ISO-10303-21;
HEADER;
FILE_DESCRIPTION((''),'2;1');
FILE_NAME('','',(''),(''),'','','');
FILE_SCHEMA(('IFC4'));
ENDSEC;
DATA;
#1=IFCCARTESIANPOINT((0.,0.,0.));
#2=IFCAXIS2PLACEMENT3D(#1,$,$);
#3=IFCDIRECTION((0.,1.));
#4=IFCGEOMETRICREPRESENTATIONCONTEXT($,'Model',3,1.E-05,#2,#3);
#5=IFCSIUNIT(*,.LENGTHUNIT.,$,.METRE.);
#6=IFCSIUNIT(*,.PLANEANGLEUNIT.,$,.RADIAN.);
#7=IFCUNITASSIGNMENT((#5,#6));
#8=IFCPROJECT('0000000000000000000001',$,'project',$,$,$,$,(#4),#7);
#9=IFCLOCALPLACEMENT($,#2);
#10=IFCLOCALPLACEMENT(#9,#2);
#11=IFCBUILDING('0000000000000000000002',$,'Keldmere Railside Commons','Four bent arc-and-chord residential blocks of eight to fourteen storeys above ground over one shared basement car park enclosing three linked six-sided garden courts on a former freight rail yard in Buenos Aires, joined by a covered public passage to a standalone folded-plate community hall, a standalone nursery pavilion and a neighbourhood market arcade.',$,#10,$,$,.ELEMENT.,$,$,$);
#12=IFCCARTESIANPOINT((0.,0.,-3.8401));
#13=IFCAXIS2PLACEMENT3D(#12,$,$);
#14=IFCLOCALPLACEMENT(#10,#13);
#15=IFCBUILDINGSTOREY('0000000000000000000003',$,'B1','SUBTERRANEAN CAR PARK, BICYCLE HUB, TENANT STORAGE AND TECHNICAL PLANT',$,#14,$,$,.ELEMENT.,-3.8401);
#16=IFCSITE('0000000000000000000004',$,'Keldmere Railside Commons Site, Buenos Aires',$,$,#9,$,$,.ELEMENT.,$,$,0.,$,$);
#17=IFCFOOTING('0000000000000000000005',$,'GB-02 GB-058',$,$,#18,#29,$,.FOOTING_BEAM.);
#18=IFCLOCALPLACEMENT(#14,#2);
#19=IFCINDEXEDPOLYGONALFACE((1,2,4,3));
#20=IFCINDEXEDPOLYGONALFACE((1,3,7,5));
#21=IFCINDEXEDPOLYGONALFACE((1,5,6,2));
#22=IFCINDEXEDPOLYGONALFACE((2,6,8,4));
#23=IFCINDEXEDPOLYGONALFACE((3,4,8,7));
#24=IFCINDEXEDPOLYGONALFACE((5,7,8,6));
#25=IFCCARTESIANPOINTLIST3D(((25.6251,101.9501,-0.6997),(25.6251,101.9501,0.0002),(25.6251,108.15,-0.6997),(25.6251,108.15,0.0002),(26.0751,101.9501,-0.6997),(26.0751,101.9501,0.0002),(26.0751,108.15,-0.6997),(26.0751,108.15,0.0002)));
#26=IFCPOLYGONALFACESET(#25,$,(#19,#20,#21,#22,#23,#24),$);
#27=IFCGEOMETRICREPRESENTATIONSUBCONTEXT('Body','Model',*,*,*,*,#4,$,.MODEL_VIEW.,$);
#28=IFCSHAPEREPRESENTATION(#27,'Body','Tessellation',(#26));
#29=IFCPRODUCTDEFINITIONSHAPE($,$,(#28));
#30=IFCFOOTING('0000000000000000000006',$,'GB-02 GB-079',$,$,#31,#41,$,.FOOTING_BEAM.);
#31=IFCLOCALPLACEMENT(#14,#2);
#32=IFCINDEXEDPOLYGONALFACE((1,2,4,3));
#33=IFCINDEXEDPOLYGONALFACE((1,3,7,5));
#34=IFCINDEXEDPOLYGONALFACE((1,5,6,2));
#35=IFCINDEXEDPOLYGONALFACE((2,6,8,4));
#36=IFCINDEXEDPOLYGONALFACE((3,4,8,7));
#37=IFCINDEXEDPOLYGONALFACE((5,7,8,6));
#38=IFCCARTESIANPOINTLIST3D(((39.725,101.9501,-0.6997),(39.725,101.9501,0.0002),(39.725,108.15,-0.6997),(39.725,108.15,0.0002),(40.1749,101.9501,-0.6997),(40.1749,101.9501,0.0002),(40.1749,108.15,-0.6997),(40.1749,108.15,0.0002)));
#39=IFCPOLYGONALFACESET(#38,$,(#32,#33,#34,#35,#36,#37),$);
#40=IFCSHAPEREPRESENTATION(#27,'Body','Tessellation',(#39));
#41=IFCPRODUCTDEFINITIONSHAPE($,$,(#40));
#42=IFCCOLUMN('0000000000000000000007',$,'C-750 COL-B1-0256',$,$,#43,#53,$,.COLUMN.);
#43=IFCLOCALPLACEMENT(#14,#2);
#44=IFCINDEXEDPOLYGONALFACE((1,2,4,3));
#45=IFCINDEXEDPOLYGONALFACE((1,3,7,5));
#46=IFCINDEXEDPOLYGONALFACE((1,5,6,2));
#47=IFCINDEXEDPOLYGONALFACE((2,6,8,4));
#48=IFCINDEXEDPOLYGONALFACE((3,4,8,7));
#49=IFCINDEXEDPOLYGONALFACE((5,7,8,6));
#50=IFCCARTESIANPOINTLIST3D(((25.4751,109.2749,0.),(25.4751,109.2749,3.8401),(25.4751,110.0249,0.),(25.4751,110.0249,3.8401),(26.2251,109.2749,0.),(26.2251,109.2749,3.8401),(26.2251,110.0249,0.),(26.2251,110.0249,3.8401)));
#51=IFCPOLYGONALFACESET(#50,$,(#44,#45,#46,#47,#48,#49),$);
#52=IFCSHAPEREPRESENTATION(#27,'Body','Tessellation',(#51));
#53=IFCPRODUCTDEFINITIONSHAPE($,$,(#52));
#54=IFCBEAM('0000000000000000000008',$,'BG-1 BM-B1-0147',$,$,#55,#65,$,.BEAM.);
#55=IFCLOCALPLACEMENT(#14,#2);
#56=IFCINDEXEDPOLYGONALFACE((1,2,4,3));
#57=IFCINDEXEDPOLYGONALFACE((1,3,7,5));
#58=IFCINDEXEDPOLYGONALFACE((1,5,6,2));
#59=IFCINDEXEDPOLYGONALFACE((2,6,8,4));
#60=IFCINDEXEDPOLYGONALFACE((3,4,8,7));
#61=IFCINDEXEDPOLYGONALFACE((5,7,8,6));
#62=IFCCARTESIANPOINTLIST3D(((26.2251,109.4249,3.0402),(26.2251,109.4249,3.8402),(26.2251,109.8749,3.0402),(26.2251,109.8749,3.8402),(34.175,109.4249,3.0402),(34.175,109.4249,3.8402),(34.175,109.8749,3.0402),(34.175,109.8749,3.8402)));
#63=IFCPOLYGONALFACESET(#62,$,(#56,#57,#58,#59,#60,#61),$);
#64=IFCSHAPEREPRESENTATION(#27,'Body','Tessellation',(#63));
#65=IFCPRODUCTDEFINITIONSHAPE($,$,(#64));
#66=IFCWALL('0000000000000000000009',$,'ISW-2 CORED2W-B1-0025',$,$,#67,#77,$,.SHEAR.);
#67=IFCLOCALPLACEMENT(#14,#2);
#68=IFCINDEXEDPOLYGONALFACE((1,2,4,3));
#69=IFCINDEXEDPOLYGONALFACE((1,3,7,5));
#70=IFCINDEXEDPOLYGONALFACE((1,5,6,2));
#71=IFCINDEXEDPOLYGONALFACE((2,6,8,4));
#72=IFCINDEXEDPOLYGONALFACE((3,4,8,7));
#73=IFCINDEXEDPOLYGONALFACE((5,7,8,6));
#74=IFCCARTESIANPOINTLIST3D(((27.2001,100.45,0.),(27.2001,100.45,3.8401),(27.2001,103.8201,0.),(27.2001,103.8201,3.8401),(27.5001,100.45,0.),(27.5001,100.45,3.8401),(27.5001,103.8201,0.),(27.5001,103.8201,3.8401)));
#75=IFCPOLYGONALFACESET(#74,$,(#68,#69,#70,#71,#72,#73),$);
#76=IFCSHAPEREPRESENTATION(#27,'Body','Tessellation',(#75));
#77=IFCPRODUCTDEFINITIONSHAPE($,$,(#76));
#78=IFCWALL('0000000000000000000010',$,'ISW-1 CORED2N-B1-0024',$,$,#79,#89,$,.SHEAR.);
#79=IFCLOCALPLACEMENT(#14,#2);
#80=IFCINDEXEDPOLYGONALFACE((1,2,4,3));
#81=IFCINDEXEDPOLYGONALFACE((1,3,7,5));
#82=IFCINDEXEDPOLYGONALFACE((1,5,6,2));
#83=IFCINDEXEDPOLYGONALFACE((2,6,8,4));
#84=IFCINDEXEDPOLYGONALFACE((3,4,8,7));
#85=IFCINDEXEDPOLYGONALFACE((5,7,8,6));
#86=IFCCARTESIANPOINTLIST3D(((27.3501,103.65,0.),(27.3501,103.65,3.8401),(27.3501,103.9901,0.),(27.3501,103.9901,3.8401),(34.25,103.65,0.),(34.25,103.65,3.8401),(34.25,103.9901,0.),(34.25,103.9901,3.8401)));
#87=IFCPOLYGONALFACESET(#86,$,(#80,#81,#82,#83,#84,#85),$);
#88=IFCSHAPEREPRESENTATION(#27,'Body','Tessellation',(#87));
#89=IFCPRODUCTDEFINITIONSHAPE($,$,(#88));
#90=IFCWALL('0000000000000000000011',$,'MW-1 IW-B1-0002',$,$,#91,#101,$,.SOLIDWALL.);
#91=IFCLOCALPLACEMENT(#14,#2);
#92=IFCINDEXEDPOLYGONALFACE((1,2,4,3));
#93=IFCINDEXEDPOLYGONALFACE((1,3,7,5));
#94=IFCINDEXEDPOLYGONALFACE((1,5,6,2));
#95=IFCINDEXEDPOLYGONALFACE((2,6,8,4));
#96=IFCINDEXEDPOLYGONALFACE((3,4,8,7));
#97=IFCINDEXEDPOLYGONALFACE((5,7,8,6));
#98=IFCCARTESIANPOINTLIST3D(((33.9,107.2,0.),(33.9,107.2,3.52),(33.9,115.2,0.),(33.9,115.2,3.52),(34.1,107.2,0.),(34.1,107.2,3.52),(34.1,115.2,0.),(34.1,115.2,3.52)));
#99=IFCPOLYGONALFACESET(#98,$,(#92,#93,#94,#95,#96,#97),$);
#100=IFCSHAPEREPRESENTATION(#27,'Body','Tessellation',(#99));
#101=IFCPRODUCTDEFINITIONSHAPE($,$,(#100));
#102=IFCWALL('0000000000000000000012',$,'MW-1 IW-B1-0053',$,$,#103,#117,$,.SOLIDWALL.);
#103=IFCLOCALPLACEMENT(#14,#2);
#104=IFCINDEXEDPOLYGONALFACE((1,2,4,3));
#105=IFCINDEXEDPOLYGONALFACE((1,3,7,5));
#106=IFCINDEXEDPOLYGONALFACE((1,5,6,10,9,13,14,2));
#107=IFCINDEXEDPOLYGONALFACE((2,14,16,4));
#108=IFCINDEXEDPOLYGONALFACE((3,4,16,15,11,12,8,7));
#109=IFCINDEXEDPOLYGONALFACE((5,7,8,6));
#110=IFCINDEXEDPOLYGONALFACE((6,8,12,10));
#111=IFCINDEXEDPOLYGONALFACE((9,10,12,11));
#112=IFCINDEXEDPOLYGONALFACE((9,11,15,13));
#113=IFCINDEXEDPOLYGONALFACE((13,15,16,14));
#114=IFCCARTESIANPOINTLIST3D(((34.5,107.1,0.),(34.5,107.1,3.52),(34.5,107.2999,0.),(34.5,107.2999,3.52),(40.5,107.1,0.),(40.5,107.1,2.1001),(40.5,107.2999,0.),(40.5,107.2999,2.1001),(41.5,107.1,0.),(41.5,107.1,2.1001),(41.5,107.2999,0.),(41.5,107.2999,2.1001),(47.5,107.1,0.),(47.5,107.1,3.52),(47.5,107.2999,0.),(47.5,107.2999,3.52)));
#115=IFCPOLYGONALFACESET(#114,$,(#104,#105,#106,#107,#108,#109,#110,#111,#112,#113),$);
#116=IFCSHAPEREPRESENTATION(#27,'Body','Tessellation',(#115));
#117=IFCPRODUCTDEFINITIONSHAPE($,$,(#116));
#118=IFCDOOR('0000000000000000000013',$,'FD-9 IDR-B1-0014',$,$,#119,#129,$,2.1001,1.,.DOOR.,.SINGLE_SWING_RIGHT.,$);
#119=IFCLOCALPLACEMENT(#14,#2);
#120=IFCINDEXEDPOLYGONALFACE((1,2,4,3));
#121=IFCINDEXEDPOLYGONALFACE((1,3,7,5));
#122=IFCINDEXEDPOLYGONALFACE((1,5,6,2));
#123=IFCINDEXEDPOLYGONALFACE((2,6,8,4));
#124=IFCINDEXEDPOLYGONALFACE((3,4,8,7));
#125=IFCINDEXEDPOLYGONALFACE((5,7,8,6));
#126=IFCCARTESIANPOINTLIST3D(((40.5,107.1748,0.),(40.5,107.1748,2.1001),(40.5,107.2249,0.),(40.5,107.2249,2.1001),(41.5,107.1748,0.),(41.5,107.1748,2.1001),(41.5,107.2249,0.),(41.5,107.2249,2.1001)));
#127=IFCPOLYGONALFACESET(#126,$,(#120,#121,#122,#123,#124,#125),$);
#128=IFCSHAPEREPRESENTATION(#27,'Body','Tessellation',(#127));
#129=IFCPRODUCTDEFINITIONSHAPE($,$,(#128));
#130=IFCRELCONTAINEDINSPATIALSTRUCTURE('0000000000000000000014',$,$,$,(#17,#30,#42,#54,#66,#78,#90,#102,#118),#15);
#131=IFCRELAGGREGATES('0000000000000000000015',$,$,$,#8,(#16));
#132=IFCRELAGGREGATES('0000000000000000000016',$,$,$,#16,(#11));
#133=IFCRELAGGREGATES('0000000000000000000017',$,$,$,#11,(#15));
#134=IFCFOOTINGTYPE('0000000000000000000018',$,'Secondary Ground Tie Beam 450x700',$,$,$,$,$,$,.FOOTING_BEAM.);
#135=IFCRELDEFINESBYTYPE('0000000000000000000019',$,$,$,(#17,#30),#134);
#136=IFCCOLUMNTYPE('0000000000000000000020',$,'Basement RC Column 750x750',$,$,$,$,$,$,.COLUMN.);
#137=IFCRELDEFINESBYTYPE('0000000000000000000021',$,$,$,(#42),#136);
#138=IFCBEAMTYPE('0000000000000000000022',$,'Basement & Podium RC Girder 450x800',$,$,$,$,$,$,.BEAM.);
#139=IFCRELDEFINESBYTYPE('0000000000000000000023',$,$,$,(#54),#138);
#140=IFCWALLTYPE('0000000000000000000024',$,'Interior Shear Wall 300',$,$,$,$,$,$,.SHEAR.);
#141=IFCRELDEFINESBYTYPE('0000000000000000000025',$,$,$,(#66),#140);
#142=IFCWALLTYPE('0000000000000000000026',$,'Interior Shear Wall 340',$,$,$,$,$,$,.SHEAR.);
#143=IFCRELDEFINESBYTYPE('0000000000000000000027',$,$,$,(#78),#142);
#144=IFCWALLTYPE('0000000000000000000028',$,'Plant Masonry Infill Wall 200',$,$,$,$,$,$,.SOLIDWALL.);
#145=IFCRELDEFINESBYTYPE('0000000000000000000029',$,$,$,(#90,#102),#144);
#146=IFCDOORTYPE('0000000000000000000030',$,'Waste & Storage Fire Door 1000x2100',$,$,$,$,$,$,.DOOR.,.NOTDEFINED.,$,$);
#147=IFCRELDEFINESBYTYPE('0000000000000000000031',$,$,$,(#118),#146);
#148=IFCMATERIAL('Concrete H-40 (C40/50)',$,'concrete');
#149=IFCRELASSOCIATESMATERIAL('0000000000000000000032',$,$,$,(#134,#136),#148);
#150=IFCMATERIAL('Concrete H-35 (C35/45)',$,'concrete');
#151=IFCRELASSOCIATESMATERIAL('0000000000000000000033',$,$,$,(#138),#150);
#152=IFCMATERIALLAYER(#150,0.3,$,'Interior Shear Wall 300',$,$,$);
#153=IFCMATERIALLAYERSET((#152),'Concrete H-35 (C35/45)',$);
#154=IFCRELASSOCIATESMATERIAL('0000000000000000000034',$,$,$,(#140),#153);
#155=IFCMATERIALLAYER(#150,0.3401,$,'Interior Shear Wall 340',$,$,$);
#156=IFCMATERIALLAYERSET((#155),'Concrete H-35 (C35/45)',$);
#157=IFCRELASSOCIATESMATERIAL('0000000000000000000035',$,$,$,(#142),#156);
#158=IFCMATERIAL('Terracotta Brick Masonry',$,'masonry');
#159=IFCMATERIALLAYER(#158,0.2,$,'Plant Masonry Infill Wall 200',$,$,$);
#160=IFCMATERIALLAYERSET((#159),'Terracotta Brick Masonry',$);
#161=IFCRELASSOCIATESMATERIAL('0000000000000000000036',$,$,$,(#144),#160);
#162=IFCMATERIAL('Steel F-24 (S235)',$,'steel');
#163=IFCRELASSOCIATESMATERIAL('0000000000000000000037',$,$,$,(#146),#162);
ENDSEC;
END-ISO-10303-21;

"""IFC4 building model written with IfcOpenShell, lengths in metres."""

from ifc_helpers import new_model, si_unit, direction, frame, frame_2d, origin, origin_2d, place, context, subcontext, project, spatial, rectangle, extrude, material, layer, layer_set, material_profile, profile_set, type_object, element, fill, save


model = new_model("IFC4")

# Units and contexts
model_context = context("Model", 3, precision=1e-05, world=origin(), true_north=direction((0.0, 1.0)))
body_context = subcontext(model_context, "Body", "Model", "MODEL_VIEW")
ifc_project = project(units=[si_unit("LENGTHUNIT", "METRE"), si_unit("PLANEANGLEUNIT", "RADIAN")], contexts=[model_context])

# Site, building, storey
site_placement = place(None, origin())
site = spatial("IfcSite", under=ifc_project, at=site_placement, Name="Keldmere Railside Commons Site, Buenos Aires", CompositionType="ELEMENT", RefElevation=0.0)
building_placement = place(site_placement, origin())
building = spatial("IfcBuilding", under=site, at=building_placement, Name="Keldmere Railside Commons", Description="Four bent arc-and-chord residential blocks of eight to fourteen storeys above ground over one shared basement car park enclosing three linked six-sided garden courts on a former freight rail yard in Buenos Aires, joined by a covered public passage to a standalone folded-plate community hall, a standalone nursery pavilion and a neighbourhood market arcade.", CompositionType="ELEMENT")
storey_placement = place(building_placement, frame((0.0, 0.0, -3.8401)))
storey = spatial("IfcBuildingStorey", under=building, at=storey_placement, Name="B1", Description="SUBTERRANEAN CAR PARK, BICYCLE HUB, TENANT STORAGE AND TECHNICAL PLANT", CompositionType="ELEMENT", Elevation=-3.8401)

# Footings
ifc_material_1 = material(Name="Concrete H-40 (C40/50)", Category="concrete")
footing_type_1 = type_object("IfcFootingType", Name="Secondary Ground Tie Beam 450x700", PredefinedType="FOOTING_BEAM", material=ifc_material_1)
for number, where, z_axis, x_axis, name in (
    (1, (25.8501, 105.05, -0.6997), (0.0, 0.0, 1.0), (0.0, 1.0, 0.0), "GB-02 GB-058"),
    (2, (39.95, 105.05, -0.6997), (0.0, 0.0, 1.0), (0.0, 1.0, 0.0), "GB-02 GB-079"),
):
    element("IfcFooting", number, at=place(storey_placement, frame(where, z_axis=z_axis, x_axis=x_axis)), inside=storey, type_object=footing_type_1, Name=name, PredefinedType="FOOTING_BEAM", context=body_context, shape_type="SweptSolid", body=[
        extrude(rectangle(XDim=6.2, YDim=0.45, at=origin_2d()), origin(), (0.0, 0.0, 1.0), 0.7),
    ])

# Column
ifc_material_profile_1 = material_profile(ifc_material_1, rectangle(XDim=0.75, YDim=0.75, at=origin_2d()), Name="RC-750x750")
ifc_profile_set_1 = profile_set([ifc_material_profile_1], Name="Concrete H-40 (C40/50)")
column_type = type_object("IfcColumnType", Name="Basement RC Column 750x750", PredefinedType="COLUMN", material=ifc_profile_set_1)
column_placement = place(storey_placement, frame((25.8501, 109.6499, 0.0), z_axis=(0.0, 0.0, 1.0), x_axis=(1.0, 0.0, 0.0)))
element("IfcColumn", 3, at=column_placement, inside=storey, type_object=column_type, Name="C-750 COL-B1-0256", PredefinedType="COLUMN", context=body_context, shape_type="SweptSolid", body=[
    extrude(rectangle(XDim=0.75, YDim=0.75, at=origin_2d()), origin(), (0.0, 0.0, 1.0), 3.8401),
])

# Beam
ifc_material_2 = material(Name="Concrete H-35 (C35/45)", Category="concrete")
ifc_material_profile_2 = material_profile(ifc_material_2, rectangle(XDim=0.45, YDim=0.8, at=origin_2d()), Name="RC-450x800")
ifc_profile_set_2 = profile_set([ifc_material_profile_2], Name="Concrete H-35 (C35/45)")
beam_type = type_object("IfcBeamType", Name="Basement & Podium RC Girder 450x800", PredefinedType="BEAM", material=ifc_profile_set_2)
beam_placement = place(storey_placement, frame((26.2251, 109.6499, 3.4402), z_axis=(1.0, 0.0, 0.0), x_axis=(0.0, 1.0, 0.0)))
element("IfcBeam", 4, at=beam_placement, inside=storey, type_object=beam_type, Name="BG-1 BM-B1-0147", PredefinedType="BEAM", context=body_context, shape_type="SweptSolid", body=[
    extrude(rectangle(XDim=0.45, YDim=0.8, at=origin_2d()), origin(), (0.0, 0.0, 1.0), 7.95),
])

# Walls
ifc_layer_1 = layer(ifc_material_2, 0.3, Name="Interior Shear Wall 300")
ifc_layer_set_1 = layer_set([ifc_layer_1], Name="Concrete H-35 (C35/45)")
wall_type_1 = type_object("IfcWallType", Name="Interior Shear Wall 300", PredefinedType="SHEAR", material=ifc_layer_set_1)
wall_1_placement = place(storey_placement, frame((27.3501, 103.8201, 0.0), z_axis=(0.0, 0.0, 1.0), x_axis=(0.0, -1.0, 0.0)))
element("IfcWall", 5, at=wall_1_placement, inside=storey, type_object=wall_type_1, Name="ISW-2 CORED2W-B1-0025", PredefinedType="SHEAR", context=body_context, shape_type="SweptSolid", body=[
    extrude(rectangle(XDim=3.3701, YDim=0.3, at=frame_2d((1.6851, 0.0))), origin(), (0.0, 0.0, 1.0), 3.8401),
])
ifc_layer_2 = layer(ifc_material_2, 0.3401, Name="Interior Shear Wall 340")
ifc_layer_set_2 = layer_set([ifc_layer_2], Name="Concrete H-35 (C35/45)")
wall_type_2 = type_object("IfcWallType", Name="Interior Shear Wall 340", PredefinedType="SHEAR", material=ifc_layer_set_2)
wall_2_placement = place(storey_placement, frame((34.25, 103.8201, 0.0), z_axis=(0.0, 0.0, 1.0), x_axis=(-1.0, 0.0, 0.0)))
element("IfcWall", 6, at=wall_2_placement, inside=storey, type_object=wall_type_2, Name="ISW-1 CORED2N-B1-0024", PredefinedType="SHEAR", context=body_context, shape_type="SweptSolid", body=[
    extrude(rectangle(XDim=6.8999, YDim=0.3401, at=frame_2d((3.45, 0.0))), origin(), (0.0, 0.0, 1.0), 3.8401),
])
ifc_material_3 = material(Name="Terracotta Brick Masonry", Category="masonry")
ifc_layer_3 = layer(ifc_material_3, 0.2, Name="Plant Masonry Infill Wall 200")
ifc_layer_set_3 = layer_set([ifc_layer_3], Name="Terracotta Brick Masonry")
wall_type_3 = type_object("IfcWallType", Name="Plant Masonry Infill Wall 200", PredefinedType="SOLIDWALL", material=ifc_layer_set_3)
wall_3_placement = place(storey_placement, frame((34.0, 107.2, 0.0), z_axis=(0.0, 0.0, 1.0), x_axis=(0.0, 1.0, 0.0)))
element("IfcWall", 7, at=wall_3_placement, inside=storey, type_object=wall_type_3, Name="MW-1 IW-B1-0002", PredefinedType="SOLIDWALL", context=body_context, shape_type="SweptSolid", body=[
    extrude(rectangle(XDim=8.0, YDim=0.2, at=frame_2d((4.0, 0.0))), origin(), (0.0, 0.0, 1.0), 3.52),
])

# Wall, opening, door
wall_4_placement = place(storey_placement, frame((34.5, 107.2, 0.0), z_axis=(0.0, 0.0, 1.0), x_axis=(1.0, 0.0, 0.0)))
wall_4 = element("IfcWall", 8, at=wall_4_placement, inside=storey, type_object=wall_type_3, Name="MW-1 IW-B1-0053", PredefinedType="SOLIDWALL", context=body_context, shape_type="SweptSolid", body=[
    extrude(rectangle(XDim=13.0, YDim=0.2, at=frame_2d((6.5, 0.0))), origin(), (0.0, 0.0, 1.0), 3.52),
])
opening_placement = place(wall_4_placement, frame((6.0, 0.0, 0.0)))
opening = element("IfcOpeningElement", 9, at=opening_placement, cuts=wall_4, PredefinedType="OPENING", context=body_context, shape_type="SweptSolid", body=[
    extrude(rectangle(XDim=1.0, YDim=2.1001, at=frame_2d((0.5, 1.05))), frame((0.0, 0.1099, 0.0), z_axis=(0.0, -1.0, 0.0), x_axis=(1.0, 0.0, 0.0)), (0.0, 0.0, 1.0), 0.22),
])
ifc_material_4 = material(Name="Steel F-24 (S235)", Category="steel")
door_type = type_object("IfcDoorType", Name="Waste & Storage Fire Door 1000x2100", OperationType="NOTDEFINED", PredefinedType="DOOR", material=ifc_material_4)
door_placement = place(opening_placement, origin())
door = element("IfcDoor", 10, at=door_placement, inside=storey, type_object=door_type, Name="FD-9 IDR-B1-0014", OperationType="SINGLE_SWING_RIGHT", OverallHeight=2.1001, OverallWidth=1.0, PredefinedType="DOOR", context=body_context, shape_type="SweptSolid", body=[
    extrude(rectangle(XDim=1.0, YDim=2.1001, at=frame_2d((0.5, 1.05))), frame((0.0, 0.0249, 0.0), z_axis=(0.0, -1.0, 0.0), x_axis=(1.0, 0.0, 0.0)), (0.0, 0.0, 1.0), 0.05),
])
fill(opening, door)

save(model, "model.ifc")
